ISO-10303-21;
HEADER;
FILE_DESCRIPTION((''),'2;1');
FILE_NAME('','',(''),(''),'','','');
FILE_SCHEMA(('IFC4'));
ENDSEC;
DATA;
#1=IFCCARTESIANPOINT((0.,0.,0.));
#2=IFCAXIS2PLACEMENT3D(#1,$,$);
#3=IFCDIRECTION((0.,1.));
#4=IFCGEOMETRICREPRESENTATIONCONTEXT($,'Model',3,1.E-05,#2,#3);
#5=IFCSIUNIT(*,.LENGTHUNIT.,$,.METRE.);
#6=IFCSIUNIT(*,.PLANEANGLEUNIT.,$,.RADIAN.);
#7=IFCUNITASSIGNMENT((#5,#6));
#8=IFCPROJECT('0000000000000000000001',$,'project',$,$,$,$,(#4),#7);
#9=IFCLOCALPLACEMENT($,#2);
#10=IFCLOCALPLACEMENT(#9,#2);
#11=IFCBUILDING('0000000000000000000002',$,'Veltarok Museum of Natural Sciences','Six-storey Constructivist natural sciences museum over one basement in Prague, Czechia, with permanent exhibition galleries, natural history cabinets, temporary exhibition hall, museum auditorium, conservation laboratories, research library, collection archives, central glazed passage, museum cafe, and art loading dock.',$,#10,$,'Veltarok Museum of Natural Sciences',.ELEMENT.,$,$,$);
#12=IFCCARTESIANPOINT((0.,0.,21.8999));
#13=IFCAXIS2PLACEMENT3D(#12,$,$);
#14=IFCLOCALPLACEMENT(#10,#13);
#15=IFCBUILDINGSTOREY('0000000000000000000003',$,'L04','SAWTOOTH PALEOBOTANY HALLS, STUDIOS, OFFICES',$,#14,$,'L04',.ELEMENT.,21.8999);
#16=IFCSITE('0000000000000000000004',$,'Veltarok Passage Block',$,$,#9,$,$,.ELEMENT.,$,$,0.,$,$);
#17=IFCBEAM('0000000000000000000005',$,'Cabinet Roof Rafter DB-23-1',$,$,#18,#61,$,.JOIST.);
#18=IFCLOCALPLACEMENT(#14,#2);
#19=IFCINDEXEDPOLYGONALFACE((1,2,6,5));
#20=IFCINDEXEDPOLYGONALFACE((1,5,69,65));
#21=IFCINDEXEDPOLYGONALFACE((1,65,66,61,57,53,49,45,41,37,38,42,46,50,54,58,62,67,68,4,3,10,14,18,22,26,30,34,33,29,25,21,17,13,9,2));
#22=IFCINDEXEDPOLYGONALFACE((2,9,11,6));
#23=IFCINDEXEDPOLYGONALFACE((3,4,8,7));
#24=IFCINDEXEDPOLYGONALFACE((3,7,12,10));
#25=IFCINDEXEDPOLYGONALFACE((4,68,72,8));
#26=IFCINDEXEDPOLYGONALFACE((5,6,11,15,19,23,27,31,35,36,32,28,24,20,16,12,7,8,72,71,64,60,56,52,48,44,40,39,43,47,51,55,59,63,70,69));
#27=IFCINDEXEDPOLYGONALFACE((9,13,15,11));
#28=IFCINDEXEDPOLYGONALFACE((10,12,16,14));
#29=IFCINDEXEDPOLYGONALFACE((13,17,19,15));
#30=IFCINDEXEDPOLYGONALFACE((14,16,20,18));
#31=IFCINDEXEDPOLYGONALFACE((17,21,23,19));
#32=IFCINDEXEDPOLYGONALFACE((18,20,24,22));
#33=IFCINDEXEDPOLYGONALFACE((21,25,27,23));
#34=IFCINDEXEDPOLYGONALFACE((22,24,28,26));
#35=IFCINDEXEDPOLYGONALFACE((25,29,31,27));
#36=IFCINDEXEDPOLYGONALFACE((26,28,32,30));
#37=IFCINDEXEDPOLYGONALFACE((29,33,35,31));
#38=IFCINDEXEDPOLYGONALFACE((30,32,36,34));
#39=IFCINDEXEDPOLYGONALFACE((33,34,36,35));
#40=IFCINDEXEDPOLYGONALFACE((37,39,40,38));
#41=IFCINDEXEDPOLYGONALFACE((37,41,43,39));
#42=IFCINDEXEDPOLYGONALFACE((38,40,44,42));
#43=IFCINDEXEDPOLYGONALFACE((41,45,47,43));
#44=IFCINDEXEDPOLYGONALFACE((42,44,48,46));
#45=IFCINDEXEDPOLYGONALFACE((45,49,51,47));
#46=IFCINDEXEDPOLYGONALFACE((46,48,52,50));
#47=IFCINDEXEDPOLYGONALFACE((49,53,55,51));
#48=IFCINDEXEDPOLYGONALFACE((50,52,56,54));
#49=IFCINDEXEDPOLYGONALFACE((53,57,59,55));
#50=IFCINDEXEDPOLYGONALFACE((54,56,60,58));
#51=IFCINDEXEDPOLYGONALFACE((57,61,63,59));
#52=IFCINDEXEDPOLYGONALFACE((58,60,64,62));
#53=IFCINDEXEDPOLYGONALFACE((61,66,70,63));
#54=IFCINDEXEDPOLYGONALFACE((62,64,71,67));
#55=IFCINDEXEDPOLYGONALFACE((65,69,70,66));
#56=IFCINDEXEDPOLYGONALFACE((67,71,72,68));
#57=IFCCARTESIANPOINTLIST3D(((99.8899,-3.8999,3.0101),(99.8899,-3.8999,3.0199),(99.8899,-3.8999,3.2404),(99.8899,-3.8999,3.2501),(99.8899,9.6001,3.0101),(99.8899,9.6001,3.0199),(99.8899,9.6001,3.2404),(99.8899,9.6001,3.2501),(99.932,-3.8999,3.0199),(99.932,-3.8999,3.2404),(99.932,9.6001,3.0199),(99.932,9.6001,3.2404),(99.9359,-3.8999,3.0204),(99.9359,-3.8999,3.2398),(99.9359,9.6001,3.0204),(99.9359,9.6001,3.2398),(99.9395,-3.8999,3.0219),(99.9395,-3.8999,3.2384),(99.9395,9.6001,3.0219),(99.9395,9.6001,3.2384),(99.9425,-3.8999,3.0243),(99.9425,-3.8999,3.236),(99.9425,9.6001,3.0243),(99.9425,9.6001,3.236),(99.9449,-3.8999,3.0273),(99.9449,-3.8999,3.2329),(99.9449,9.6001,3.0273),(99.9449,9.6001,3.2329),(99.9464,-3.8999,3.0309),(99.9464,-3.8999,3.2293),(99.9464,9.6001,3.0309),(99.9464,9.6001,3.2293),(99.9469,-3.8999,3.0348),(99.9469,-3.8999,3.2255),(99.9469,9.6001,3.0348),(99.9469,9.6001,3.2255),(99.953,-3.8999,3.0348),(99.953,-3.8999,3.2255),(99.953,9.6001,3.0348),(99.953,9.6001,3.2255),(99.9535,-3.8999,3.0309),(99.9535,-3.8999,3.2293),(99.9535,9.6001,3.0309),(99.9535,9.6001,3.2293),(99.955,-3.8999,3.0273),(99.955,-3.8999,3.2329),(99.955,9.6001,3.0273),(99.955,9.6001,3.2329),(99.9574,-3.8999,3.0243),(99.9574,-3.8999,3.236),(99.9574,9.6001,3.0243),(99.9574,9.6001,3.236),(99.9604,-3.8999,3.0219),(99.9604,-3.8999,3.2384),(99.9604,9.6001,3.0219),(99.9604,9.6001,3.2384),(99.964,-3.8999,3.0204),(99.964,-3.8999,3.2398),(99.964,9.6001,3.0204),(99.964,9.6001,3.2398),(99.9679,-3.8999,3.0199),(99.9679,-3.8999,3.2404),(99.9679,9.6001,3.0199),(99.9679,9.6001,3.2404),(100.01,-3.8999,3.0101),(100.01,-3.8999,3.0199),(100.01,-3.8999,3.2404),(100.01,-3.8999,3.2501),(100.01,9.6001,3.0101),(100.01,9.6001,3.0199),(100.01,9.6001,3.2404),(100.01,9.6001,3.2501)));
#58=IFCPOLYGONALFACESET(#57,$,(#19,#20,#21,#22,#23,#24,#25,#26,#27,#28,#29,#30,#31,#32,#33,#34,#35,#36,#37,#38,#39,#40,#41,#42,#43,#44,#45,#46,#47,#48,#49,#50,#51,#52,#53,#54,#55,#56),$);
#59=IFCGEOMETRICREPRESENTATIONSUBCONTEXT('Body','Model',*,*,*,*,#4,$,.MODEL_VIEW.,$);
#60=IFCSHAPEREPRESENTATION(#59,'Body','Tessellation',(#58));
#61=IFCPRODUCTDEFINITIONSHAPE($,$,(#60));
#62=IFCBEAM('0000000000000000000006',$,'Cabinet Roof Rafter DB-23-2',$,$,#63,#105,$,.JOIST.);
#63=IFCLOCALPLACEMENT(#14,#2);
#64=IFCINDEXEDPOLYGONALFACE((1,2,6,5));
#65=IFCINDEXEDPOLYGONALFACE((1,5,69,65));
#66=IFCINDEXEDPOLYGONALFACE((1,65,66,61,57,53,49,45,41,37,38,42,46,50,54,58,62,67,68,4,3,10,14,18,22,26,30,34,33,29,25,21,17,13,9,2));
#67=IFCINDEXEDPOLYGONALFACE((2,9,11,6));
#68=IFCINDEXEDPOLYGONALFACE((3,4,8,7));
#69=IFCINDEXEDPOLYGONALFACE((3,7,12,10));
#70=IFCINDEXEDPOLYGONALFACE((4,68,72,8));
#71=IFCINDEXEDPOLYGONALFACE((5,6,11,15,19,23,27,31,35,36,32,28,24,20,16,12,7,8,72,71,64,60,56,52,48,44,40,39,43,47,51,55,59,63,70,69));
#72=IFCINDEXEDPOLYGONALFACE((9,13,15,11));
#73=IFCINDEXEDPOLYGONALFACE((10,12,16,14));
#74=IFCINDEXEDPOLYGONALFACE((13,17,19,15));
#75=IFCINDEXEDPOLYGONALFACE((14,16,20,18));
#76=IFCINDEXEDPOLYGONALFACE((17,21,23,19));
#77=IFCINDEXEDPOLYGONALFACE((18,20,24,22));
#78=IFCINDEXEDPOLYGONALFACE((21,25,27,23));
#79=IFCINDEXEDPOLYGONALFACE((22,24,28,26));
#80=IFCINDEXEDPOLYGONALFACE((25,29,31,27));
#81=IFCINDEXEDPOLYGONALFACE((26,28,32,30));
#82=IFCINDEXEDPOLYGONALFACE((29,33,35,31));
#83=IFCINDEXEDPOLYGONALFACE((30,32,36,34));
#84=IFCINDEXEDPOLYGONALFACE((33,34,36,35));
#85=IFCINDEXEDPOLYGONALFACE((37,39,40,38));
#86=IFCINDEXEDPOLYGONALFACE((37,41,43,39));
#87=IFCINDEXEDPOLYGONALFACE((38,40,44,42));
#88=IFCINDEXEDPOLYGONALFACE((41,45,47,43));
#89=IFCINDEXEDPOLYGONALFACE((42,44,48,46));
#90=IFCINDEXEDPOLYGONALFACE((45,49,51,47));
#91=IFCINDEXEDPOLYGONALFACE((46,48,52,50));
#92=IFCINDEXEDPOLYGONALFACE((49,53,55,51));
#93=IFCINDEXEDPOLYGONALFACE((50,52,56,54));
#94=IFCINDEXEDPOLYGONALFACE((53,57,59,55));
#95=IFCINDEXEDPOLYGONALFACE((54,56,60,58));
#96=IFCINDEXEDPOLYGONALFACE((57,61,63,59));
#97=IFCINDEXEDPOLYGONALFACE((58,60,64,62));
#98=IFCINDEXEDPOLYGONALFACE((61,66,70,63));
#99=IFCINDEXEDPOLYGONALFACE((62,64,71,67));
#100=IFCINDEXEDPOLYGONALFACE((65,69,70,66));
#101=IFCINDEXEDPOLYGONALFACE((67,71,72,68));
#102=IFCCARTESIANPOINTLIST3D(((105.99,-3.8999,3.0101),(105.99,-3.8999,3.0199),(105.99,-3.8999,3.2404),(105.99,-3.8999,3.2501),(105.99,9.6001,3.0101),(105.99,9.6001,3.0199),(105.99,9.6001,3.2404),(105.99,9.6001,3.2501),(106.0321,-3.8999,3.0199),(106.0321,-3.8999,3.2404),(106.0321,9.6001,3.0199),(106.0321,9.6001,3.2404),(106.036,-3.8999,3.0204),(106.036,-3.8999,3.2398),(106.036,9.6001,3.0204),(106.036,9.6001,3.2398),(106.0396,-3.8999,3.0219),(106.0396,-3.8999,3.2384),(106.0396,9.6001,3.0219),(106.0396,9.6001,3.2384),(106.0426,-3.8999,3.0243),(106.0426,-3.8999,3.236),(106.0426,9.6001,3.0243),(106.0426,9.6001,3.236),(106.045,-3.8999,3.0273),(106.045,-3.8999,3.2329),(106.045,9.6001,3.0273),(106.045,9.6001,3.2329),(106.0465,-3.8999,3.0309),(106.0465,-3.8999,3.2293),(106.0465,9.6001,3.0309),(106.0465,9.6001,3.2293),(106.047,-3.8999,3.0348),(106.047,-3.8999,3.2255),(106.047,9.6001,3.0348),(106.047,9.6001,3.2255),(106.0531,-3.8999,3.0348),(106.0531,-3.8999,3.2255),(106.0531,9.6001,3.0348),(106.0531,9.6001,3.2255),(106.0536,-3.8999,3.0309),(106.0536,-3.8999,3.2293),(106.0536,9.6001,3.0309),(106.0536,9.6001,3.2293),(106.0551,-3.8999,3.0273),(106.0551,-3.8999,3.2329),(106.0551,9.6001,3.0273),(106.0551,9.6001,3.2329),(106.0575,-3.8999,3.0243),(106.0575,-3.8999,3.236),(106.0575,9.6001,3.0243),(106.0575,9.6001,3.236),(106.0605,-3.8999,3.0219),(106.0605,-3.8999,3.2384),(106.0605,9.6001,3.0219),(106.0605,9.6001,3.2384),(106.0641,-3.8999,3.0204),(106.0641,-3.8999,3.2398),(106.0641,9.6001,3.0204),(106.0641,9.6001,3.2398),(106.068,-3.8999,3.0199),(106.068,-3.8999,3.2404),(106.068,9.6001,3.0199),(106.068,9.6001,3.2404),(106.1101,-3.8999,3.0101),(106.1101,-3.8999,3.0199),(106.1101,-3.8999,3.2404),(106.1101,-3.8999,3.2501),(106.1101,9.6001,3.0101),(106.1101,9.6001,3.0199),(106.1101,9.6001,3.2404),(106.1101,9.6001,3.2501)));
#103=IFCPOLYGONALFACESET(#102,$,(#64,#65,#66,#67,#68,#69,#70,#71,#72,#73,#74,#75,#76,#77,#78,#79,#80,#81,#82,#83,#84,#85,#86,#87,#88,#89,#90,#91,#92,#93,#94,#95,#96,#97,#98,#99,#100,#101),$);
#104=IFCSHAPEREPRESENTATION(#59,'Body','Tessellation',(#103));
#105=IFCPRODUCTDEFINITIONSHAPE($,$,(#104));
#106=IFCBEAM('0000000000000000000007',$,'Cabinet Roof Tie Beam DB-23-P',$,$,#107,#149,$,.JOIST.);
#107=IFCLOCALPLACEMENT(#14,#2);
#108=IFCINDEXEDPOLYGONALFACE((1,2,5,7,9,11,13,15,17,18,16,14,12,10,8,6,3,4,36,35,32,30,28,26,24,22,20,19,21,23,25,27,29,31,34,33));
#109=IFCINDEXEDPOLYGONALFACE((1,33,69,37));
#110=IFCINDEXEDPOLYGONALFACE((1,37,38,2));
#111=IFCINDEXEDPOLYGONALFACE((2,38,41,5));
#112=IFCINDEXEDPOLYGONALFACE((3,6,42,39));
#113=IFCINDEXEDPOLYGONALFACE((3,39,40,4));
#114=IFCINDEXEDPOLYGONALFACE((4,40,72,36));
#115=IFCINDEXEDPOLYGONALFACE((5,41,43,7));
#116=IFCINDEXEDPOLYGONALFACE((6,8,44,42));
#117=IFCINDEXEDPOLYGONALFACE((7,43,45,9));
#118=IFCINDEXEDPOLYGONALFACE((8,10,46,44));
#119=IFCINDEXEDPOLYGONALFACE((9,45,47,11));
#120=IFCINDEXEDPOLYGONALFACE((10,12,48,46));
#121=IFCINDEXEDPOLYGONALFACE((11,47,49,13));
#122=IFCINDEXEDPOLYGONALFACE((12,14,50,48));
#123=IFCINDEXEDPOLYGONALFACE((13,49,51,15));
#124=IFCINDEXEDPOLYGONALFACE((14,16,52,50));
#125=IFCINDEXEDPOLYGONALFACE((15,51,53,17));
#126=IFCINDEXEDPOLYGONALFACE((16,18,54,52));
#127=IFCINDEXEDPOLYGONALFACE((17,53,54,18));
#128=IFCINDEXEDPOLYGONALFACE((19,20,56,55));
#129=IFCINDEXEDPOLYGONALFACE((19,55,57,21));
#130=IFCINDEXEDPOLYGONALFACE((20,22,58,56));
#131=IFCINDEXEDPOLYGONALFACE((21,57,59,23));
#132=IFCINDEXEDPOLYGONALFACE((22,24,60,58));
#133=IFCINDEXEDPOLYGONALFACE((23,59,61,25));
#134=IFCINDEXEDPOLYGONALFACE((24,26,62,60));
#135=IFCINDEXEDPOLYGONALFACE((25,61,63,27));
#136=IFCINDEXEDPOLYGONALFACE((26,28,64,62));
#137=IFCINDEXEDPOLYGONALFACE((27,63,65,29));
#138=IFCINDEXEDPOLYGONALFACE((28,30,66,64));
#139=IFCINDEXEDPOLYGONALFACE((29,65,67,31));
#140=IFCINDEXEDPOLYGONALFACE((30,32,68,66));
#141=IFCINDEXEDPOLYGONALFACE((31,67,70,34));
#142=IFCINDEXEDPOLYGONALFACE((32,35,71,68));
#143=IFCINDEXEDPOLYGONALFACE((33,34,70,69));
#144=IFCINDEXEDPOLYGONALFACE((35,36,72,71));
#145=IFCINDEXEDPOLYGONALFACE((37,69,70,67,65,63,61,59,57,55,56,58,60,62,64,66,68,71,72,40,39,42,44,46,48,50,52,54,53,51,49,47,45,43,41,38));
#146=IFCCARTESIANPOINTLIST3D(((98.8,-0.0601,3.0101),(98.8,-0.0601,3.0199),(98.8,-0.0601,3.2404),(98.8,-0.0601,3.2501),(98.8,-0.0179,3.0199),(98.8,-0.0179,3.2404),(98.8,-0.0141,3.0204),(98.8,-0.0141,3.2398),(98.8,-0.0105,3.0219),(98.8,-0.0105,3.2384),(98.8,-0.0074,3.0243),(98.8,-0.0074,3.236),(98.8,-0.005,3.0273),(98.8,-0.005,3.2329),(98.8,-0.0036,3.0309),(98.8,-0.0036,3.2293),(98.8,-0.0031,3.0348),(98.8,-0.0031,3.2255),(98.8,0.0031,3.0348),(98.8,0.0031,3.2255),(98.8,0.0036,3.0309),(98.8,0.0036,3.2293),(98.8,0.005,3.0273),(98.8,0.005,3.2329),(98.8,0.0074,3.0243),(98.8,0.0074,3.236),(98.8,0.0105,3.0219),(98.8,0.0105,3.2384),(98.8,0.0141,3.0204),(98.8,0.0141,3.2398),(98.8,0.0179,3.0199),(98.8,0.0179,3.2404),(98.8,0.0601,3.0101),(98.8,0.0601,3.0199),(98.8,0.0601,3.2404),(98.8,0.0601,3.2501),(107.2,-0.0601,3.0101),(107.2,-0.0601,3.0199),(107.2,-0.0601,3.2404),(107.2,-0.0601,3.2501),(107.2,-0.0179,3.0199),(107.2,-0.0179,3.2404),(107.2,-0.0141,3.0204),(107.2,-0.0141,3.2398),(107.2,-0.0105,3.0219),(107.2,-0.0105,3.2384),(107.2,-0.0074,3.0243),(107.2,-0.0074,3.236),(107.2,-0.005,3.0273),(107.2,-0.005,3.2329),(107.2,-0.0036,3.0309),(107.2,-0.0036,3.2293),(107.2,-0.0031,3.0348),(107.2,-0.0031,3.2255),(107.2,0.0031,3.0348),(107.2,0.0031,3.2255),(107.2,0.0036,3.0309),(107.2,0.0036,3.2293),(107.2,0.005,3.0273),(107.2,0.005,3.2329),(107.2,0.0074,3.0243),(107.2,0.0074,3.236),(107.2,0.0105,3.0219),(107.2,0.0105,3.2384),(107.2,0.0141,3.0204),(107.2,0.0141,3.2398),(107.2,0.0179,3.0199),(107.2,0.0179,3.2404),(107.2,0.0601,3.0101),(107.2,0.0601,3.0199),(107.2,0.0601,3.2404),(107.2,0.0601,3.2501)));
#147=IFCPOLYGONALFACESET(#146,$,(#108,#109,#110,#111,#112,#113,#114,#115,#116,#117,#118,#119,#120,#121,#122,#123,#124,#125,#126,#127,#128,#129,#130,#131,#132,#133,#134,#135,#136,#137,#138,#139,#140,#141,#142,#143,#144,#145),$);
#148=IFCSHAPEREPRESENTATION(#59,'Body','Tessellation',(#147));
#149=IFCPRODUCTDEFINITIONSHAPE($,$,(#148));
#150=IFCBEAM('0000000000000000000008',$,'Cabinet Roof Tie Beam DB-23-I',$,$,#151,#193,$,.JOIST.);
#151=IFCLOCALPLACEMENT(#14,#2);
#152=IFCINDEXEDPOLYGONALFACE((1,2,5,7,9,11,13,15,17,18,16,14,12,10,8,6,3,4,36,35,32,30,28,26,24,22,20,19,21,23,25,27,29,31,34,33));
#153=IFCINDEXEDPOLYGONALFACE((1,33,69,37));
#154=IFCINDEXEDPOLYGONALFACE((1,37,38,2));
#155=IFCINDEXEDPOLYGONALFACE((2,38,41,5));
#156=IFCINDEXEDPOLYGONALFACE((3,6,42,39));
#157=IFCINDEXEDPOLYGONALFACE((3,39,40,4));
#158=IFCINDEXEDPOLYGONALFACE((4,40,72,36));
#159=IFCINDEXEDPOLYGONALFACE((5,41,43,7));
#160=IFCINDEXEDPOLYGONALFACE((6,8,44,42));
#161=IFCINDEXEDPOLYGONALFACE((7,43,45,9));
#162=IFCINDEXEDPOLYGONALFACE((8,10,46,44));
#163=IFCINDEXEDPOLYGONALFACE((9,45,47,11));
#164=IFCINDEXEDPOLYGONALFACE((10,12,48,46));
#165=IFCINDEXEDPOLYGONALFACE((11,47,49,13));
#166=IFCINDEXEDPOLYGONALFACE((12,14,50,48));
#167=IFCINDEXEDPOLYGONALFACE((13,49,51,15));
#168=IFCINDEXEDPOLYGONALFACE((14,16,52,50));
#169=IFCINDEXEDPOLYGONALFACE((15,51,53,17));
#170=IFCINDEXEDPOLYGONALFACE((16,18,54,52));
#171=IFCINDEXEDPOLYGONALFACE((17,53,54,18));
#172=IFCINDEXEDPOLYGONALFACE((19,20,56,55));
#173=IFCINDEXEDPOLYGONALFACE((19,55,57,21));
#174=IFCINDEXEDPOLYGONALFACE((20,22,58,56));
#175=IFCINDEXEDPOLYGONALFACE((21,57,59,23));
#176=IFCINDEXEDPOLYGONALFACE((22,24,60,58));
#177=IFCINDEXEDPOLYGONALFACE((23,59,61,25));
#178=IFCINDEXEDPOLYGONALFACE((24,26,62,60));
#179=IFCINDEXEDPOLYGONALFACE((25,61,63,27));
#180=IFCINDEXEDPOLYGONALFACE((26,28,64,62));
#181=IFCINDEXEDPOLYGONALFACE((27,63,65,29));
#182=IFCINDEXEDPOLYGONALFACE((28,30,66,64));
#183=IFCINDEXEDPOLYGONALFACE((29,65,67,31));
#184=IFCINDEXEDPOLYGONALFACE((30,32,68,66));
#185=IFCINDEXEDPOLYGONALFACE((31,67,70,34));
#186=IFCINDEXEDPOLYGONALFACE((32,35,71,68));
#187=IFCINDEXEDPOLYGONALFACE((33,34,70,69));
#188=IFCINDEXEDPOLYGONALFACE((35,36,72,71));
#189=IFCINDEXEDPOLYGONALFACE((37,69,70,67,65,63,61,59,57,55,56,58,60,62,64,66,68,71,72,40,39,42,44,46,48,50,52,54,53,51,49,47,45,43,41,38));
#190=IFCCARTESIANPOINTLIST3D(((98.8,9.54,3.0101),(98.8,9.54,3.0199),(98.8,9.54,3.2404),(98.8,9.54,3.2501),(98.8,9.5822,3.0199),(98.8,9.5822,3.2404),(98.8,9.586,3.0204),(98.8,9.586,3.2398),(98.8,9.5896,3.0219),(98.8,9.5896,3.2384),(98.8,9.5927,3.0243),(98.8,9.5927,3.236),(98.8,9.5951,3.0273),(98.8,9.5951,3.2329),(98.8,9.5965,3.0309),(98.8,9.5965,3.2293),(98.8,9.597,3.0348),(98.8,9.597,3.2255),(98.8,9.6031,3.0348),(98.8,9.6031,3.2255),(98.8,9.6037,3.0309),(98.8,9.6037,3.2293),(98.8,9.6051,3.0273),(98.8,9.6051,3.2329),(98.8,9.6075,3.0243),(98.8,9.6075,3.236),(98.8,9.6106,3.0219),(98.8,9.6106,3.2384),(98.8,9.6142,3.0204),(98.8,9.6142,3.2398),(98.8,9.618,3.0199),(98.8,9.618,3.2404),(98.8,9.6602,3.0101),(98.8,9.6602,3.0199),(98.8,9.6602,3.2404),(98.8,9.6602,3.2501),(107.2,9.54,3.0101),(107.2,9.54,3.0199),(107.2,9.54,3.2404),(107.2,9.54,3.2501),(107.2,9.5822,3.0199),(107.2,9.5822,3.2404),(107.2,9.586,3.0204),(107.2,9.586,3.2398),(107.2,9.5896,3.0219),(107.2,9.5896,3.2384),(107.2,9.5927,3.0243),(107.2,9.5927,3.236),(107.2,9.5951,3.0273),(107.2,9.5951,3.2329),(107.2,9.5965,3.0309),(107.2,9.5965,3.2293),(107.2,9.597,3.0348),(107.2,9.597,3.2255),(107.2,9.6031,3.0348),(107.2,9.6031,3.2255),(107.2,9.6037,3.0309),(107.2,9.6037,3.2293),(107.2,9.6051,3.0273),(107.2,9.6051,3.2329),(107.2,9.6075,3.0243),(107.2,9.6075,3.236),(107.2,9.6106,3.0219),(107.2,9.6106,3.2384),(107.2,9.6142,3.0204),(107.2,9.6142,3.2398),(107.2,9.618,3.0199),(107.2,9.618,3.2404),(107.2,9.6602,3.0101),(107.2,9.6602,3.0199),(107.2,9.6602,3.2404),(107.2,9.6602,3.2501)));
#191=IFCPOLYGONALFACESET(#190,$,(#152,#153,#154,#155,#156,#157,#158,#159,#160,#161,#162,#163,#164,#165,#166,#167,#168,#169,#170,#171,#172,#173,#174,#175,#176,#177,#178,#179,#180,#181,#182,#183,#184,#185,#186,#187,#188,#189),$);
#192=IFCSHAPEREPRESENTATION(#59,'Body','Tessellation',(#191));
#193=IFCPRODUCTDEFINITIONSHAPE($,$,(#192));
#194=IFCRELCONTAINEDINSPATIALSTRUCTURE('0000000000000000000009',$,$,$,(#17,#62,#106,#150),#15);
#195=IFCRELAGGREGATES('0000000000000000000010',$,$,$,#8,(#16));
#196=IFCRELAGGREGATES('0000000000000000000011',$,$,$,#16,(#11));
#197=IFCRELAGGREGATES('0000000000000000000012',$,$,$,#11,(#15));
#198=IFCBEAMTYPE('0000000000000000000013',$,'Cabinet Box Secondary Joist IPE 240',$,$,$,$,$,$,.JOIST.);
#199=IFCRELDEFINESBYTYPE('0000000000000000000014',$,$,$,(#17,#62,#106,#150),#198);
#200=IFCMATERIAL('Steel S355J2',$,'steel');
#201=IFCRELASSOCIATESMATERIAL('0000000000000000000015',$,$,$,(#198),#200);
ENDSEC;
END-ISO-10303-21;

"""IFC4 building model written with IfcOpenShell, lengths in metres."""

from ifc_helpers import new_model, si_unit, direction, frame, origin, origin_2d, place, context, subcontext, project, spatial, i_section, extrude, material, material_profile, profile_set, type_object, element, save


model = new_model("IFC4")

# Units and contexts
model_context = context("Model", 3, precision=1e-05, world=origin(), true_north=direction((0.0, 1.0)))
body_context = subcontext(model_context, "Body", "Model", "MODEL_VIEW")
ifc_project = project(units=[si_unit("LENGTHUNIT", "METRE"), si_unit("PLANEANGLEUNIT", "RADIAN")], contexts=[model_context])

# Site, building, storey
site_placement = place(None, origin())
site = spatial("IfcSite", under=ifc_project, at=site_placement, Name="Veltarok Passage Block", CompositionType="ELEMENT", RefElevation=0.0)
building_placement = place(site_placement, origin())
building = spatial("IfcBuilding", under=site, at=building_placement, Name="Veltarok Museum of Natural Sciences", Description="Six-storey Constructivist natural sciences museum over one basement in Prague, Czechia, with permanent exhibition galleries, natural history cabinets, temporary exhibition hall, museum auditorium, conservation laboratories, research library, collection archives, central glazed passage, museum cafe, and art loading dock.", LongName="Veltarok Museum of Natural Sciences", CompositionType="ELEMENT")
storey_placement = place(building_placement, frame((0.0, 0.0, 21.8999)))
storey = spatial("IfcBuildingStorey", under=building, at=storey_placement, Name="L04", Description="SAWTOOTH PALEOBOTANY HALLS, STUDIOS, OFFICES", LongName="L04", CompositionType="ELEMENT", Elevation=21.8999)

# Shared definitions
ifc_material_1 = material(Name="Steel S355J2", Category="steel")

# Beams
ifc_material_profile_1 = material_profile(ifc_material_1, i_section(OverallWidth=0.1201, OverallDepth=0.24, WebThickness=0.0061, FlangeThickness=0.0098, FilletRadius=0.0149, at=origin_2d()), Name="IPE 240")
ifc_profile_set_1 = profile_set([ifc_material_profile_1], Name="Steel S355J2")
beam_type_1 = type_object("IfcBeamType", Name="Cabinet Box Secondary Joist IPE 240", PredefinedType="JOIST", material=ifc_profile_set_1)
for number, where, z_axis, x_axis, name in (
    (1, (99.95, -3.8999, 3.1301), (0.0, 1.0, 0.0), (-1.0, 0.0, 0.0), "Cabinet Roof Rafter DB-23-1"),
    (2, (106.05, -3.8999, 3.1301), (0.0, 1.0, 0.0), (-1.0, 0.0, 0.0), "Cabinet Roof Rafter DB-23-2"),
):
    element("IfcBeam", number, at=place(storey_placement, frame(where, z_axis=z_axis, x_axis=x_axis)), inside=storey, type_object=beam_type_1, Name=name, PredefinedType="JOIST", context=body_context, shape_type="SweptSolid", body=[
        extrude(i_section(OverallWidth=0.1201, OverallDepth=0.24, WebThickness=0.0061, FlangeThickness=0.0098, FilletRadius=0.0149, at=origin_2d()), origin(), (0.0, 0.0, 1.0), 13.5),
    ])
for number, where, z_axis, x_axis, name in (
    (3, (98.8, 0.0, 3.1301), (1.0, 0.0, 0.0), (0.0, 1.0, 0.0), "Cabinet Roof Tie Beam DB-23-P"),
    (4, (98.8, 9.6001, 3.1301), (1.0, 0.0, 0.0), (0.0, 1.0, 0.0), "Cabinet Roof Tie Beam DB-23-I"),
):
    element("IfcBeam", number, at=place(storey_placement, frame(where, z_axis=z_axis, x_axis=x_axis)), inside=storey, type_object=beam_type_1, Name=name, PredefinedType="JOIST", context=body_context, shape_type="SweptSolid", body=[
        extrude(i_section(OverallWidth=0.1201, OverallDepth=0.24, WebThickness=0.0061, FlangeThickness=0.0098, FilletRadius=0.0149, at=origin_2d()), origin(), (0.0, 0.0, 1.0), 8.3999),
    ])

save(model, "model.ifc")
